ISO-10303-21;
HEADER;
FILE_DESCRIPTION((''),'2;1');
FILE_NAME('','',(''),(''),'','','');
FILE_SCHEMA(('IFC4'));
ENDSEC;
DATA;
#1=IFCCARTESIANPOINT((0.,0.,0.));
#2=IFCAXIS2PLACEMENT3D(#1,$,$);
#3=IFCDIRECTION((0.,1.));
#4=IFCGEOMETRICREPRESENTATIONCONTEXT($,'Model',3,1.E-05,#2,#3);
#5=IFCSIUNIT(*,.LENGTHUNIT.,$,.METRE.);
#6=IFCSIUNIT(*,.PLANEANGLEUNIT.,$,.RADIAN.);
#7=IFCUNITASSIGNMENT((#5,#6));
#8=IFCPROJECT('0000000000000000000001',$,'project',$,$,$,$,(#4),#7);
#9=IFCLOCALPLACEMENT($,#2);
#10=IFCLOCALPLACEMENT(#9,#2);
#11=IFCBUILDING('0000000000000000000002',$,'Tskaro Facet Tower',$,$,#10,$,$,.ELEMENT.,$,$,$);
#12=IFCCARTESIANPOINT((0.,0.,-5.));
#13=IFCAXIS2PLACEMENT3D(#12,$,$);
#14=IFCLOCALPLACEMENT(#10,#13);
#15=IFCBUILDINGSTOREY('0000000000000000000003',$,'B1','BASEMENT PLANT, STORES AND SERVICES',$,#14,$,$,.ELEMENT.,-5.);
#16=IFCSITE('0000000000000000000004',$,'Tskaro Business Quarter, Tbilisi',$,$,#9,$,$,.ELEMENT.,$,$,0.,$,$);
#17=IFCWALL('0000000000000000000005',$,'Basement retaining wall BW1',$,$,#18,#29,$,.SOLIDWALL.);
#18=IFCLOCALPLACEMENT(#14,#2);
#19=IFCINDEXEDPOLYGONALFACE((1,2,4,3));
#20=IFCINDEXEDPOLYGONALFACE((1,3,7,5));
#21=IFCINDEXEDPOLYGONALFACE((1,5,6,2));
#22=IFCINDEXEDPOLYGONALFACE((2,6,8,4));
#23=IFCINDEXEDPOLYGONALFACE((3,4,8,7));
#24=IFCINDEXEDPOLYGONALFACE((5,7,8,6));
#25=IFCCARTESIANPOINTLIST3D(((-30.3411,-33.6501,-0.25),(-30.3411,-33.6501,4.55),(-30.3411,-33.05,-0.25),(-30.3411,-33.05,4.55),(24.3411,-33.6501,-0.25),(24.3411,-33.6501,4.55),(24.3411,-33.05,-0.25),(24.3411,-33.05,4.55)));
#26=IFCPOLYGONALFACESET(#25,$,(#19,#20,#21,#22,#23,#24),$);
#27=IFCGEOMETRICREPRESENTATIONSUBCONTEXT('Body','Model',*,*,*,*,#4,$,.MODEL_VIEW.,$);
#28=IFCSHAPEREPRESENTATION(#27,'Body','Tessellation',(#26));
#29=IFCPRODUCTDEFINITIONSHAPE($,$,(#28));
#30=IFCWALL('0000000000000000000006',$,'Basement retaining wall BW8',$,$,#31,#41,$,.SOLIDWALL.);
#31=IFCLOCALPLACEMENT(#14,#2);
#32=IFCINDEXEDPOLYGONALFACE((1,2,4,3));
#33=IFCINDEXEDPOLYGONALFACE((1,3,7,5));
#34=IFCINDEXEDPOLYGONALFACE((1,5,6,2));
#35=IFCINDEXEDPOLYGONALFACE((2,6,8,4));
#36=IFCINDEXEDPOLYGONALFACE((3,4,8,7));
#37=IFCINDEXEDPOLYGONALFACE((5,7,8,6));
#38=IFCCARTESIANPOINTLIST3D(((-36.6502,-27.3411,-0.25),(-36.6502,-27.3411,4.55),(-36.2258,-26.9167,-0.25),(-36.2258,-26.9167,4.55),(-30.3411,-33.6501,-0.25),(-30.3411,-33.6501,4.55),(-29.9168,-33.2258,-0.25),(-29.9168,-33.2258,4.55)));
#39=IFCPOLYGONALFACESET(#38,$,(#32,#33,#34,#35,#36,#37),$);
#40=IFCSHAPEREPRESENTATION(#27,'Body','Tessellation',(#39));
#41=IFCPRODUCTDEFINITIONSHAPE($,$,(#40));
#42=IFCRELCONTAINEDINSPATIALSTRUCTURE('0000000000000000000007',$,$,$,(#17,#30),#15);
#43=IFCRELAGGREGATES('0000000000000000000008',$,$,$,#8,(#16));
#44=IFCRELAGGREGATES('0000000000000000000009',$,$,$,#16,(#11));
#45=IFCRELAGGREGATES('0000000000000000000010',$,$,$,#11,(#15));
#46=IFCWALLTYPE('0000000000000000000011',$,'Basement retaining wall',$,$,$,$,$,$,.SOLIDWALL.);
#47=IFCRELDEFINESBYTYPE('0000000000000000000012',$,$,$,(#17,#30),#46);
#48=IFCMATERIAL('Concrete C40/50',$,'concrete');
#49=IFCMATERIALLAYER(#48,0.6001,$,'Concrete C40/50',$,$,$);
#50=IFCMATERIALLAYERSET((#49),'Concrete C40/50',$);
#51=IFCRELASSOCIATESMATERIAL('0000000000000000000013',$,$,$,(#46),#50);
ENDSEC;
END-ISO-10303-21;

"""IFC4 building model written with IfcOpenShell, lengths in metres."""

from ifc_helpers import new_model, si_unit, direction, frame, frame_2d, origin, place, context, subcontext, project, spatial, rectangle, extrude, material, layer, layer_set, type_object, element, save


model = new_model("IFC4")

# Units and contexts
model_context = context("Model", 3, precision=1e-05, world=origin(), true_north=direction((0.0, 1.0)))
body_context = subcontext(model_context, "Body", "Model", "MODEL_VIEW")
ifc_project = project(units=[si_unit("LENGTHUNIT", "METRE"), si_unit("PLANEANGLEUNIT", "RADIAN")], contexts=[model_context])

# Site, building, storey
site_placement = place(None, origin())
site = spatial("IfcSite", under=ifc_project, at=site_placement, Name="Tskaro Business Quarter, Tbilisi", CompositionType="ELEMENT", RefElevation=0.0)
building_placement = place(site_placement, origin())
building = spatial("IfcBuilding", under=site, at=building_placement, Name="Tskaro Facet Tower", CompositionType="ELEMENT")
storey_placement = place(building_placement, frame((0.0, 0.0, -5.0)))
storey = spatial("IfcBuildingStorey", under=building, at=storey_placement, Name="B1", Description="BASEMENT PLANT, STORES AND SERVICES", CompositionType="ELEMENT", Elevation=-5.0)

# Walls
ifc_material_1 = material(Name="Concrete C40/50", Category="concrete")
ifc_layer = layer(ifc_material_1, 0.6001, Name="Concrete C40/50")
ifc_layer_set = layer_set([ifc_layer], Name="Concrete C40/50")
wall_type = type_object("IfcWallType", Name="Basement retaining wall", PredefinedType="SOLIDWALL", material=ifc_layer_set)
wall_1_placement = place(storey_placement, frame((-30.3411, -33.3501, -0.25), z_axis=(0.0, 0.0, 1.0), x_axis=(1.0, 0.0, 0.0)))
element("IfcWall", 1, at=wall_1_placement, inside=storey, type_object=wall_type, Name="Basement retaining wall BW1", PredefinedType="SOLIDWALL", context=body_context, shape_type="SweptSolid", body=[
    extrude(rectangle(XDim=54.6821, YDim=0.6001, at=frame_2d((27.3411, 0.0))), origin(), (0.0, 0.0, 1.0), 4.8),
])
wall_2_placement = place(storey_placement, frame((-36.438, -27.1289, -0.25), z_axis=(0.0, 0.0, 1.0), x_axis=(0.707107, -0.707107, 0.0)))
element("IfcWall", 2, at=wall_2_placement, inside=storey, type_object=wall_type, Name="Basement retaining wall BW8", PredefinedType="SOLIDWALL", context=body_context, shape_type="SweptSolid", body=[
    extrude(rectangle(XDim=8.9224, YDim=0.6001, at=frame_2d((4.4612, 0.0))), origin(), (0.0, 0.0, 1.0), 4.8),
])

save(model, "model.ifc")
